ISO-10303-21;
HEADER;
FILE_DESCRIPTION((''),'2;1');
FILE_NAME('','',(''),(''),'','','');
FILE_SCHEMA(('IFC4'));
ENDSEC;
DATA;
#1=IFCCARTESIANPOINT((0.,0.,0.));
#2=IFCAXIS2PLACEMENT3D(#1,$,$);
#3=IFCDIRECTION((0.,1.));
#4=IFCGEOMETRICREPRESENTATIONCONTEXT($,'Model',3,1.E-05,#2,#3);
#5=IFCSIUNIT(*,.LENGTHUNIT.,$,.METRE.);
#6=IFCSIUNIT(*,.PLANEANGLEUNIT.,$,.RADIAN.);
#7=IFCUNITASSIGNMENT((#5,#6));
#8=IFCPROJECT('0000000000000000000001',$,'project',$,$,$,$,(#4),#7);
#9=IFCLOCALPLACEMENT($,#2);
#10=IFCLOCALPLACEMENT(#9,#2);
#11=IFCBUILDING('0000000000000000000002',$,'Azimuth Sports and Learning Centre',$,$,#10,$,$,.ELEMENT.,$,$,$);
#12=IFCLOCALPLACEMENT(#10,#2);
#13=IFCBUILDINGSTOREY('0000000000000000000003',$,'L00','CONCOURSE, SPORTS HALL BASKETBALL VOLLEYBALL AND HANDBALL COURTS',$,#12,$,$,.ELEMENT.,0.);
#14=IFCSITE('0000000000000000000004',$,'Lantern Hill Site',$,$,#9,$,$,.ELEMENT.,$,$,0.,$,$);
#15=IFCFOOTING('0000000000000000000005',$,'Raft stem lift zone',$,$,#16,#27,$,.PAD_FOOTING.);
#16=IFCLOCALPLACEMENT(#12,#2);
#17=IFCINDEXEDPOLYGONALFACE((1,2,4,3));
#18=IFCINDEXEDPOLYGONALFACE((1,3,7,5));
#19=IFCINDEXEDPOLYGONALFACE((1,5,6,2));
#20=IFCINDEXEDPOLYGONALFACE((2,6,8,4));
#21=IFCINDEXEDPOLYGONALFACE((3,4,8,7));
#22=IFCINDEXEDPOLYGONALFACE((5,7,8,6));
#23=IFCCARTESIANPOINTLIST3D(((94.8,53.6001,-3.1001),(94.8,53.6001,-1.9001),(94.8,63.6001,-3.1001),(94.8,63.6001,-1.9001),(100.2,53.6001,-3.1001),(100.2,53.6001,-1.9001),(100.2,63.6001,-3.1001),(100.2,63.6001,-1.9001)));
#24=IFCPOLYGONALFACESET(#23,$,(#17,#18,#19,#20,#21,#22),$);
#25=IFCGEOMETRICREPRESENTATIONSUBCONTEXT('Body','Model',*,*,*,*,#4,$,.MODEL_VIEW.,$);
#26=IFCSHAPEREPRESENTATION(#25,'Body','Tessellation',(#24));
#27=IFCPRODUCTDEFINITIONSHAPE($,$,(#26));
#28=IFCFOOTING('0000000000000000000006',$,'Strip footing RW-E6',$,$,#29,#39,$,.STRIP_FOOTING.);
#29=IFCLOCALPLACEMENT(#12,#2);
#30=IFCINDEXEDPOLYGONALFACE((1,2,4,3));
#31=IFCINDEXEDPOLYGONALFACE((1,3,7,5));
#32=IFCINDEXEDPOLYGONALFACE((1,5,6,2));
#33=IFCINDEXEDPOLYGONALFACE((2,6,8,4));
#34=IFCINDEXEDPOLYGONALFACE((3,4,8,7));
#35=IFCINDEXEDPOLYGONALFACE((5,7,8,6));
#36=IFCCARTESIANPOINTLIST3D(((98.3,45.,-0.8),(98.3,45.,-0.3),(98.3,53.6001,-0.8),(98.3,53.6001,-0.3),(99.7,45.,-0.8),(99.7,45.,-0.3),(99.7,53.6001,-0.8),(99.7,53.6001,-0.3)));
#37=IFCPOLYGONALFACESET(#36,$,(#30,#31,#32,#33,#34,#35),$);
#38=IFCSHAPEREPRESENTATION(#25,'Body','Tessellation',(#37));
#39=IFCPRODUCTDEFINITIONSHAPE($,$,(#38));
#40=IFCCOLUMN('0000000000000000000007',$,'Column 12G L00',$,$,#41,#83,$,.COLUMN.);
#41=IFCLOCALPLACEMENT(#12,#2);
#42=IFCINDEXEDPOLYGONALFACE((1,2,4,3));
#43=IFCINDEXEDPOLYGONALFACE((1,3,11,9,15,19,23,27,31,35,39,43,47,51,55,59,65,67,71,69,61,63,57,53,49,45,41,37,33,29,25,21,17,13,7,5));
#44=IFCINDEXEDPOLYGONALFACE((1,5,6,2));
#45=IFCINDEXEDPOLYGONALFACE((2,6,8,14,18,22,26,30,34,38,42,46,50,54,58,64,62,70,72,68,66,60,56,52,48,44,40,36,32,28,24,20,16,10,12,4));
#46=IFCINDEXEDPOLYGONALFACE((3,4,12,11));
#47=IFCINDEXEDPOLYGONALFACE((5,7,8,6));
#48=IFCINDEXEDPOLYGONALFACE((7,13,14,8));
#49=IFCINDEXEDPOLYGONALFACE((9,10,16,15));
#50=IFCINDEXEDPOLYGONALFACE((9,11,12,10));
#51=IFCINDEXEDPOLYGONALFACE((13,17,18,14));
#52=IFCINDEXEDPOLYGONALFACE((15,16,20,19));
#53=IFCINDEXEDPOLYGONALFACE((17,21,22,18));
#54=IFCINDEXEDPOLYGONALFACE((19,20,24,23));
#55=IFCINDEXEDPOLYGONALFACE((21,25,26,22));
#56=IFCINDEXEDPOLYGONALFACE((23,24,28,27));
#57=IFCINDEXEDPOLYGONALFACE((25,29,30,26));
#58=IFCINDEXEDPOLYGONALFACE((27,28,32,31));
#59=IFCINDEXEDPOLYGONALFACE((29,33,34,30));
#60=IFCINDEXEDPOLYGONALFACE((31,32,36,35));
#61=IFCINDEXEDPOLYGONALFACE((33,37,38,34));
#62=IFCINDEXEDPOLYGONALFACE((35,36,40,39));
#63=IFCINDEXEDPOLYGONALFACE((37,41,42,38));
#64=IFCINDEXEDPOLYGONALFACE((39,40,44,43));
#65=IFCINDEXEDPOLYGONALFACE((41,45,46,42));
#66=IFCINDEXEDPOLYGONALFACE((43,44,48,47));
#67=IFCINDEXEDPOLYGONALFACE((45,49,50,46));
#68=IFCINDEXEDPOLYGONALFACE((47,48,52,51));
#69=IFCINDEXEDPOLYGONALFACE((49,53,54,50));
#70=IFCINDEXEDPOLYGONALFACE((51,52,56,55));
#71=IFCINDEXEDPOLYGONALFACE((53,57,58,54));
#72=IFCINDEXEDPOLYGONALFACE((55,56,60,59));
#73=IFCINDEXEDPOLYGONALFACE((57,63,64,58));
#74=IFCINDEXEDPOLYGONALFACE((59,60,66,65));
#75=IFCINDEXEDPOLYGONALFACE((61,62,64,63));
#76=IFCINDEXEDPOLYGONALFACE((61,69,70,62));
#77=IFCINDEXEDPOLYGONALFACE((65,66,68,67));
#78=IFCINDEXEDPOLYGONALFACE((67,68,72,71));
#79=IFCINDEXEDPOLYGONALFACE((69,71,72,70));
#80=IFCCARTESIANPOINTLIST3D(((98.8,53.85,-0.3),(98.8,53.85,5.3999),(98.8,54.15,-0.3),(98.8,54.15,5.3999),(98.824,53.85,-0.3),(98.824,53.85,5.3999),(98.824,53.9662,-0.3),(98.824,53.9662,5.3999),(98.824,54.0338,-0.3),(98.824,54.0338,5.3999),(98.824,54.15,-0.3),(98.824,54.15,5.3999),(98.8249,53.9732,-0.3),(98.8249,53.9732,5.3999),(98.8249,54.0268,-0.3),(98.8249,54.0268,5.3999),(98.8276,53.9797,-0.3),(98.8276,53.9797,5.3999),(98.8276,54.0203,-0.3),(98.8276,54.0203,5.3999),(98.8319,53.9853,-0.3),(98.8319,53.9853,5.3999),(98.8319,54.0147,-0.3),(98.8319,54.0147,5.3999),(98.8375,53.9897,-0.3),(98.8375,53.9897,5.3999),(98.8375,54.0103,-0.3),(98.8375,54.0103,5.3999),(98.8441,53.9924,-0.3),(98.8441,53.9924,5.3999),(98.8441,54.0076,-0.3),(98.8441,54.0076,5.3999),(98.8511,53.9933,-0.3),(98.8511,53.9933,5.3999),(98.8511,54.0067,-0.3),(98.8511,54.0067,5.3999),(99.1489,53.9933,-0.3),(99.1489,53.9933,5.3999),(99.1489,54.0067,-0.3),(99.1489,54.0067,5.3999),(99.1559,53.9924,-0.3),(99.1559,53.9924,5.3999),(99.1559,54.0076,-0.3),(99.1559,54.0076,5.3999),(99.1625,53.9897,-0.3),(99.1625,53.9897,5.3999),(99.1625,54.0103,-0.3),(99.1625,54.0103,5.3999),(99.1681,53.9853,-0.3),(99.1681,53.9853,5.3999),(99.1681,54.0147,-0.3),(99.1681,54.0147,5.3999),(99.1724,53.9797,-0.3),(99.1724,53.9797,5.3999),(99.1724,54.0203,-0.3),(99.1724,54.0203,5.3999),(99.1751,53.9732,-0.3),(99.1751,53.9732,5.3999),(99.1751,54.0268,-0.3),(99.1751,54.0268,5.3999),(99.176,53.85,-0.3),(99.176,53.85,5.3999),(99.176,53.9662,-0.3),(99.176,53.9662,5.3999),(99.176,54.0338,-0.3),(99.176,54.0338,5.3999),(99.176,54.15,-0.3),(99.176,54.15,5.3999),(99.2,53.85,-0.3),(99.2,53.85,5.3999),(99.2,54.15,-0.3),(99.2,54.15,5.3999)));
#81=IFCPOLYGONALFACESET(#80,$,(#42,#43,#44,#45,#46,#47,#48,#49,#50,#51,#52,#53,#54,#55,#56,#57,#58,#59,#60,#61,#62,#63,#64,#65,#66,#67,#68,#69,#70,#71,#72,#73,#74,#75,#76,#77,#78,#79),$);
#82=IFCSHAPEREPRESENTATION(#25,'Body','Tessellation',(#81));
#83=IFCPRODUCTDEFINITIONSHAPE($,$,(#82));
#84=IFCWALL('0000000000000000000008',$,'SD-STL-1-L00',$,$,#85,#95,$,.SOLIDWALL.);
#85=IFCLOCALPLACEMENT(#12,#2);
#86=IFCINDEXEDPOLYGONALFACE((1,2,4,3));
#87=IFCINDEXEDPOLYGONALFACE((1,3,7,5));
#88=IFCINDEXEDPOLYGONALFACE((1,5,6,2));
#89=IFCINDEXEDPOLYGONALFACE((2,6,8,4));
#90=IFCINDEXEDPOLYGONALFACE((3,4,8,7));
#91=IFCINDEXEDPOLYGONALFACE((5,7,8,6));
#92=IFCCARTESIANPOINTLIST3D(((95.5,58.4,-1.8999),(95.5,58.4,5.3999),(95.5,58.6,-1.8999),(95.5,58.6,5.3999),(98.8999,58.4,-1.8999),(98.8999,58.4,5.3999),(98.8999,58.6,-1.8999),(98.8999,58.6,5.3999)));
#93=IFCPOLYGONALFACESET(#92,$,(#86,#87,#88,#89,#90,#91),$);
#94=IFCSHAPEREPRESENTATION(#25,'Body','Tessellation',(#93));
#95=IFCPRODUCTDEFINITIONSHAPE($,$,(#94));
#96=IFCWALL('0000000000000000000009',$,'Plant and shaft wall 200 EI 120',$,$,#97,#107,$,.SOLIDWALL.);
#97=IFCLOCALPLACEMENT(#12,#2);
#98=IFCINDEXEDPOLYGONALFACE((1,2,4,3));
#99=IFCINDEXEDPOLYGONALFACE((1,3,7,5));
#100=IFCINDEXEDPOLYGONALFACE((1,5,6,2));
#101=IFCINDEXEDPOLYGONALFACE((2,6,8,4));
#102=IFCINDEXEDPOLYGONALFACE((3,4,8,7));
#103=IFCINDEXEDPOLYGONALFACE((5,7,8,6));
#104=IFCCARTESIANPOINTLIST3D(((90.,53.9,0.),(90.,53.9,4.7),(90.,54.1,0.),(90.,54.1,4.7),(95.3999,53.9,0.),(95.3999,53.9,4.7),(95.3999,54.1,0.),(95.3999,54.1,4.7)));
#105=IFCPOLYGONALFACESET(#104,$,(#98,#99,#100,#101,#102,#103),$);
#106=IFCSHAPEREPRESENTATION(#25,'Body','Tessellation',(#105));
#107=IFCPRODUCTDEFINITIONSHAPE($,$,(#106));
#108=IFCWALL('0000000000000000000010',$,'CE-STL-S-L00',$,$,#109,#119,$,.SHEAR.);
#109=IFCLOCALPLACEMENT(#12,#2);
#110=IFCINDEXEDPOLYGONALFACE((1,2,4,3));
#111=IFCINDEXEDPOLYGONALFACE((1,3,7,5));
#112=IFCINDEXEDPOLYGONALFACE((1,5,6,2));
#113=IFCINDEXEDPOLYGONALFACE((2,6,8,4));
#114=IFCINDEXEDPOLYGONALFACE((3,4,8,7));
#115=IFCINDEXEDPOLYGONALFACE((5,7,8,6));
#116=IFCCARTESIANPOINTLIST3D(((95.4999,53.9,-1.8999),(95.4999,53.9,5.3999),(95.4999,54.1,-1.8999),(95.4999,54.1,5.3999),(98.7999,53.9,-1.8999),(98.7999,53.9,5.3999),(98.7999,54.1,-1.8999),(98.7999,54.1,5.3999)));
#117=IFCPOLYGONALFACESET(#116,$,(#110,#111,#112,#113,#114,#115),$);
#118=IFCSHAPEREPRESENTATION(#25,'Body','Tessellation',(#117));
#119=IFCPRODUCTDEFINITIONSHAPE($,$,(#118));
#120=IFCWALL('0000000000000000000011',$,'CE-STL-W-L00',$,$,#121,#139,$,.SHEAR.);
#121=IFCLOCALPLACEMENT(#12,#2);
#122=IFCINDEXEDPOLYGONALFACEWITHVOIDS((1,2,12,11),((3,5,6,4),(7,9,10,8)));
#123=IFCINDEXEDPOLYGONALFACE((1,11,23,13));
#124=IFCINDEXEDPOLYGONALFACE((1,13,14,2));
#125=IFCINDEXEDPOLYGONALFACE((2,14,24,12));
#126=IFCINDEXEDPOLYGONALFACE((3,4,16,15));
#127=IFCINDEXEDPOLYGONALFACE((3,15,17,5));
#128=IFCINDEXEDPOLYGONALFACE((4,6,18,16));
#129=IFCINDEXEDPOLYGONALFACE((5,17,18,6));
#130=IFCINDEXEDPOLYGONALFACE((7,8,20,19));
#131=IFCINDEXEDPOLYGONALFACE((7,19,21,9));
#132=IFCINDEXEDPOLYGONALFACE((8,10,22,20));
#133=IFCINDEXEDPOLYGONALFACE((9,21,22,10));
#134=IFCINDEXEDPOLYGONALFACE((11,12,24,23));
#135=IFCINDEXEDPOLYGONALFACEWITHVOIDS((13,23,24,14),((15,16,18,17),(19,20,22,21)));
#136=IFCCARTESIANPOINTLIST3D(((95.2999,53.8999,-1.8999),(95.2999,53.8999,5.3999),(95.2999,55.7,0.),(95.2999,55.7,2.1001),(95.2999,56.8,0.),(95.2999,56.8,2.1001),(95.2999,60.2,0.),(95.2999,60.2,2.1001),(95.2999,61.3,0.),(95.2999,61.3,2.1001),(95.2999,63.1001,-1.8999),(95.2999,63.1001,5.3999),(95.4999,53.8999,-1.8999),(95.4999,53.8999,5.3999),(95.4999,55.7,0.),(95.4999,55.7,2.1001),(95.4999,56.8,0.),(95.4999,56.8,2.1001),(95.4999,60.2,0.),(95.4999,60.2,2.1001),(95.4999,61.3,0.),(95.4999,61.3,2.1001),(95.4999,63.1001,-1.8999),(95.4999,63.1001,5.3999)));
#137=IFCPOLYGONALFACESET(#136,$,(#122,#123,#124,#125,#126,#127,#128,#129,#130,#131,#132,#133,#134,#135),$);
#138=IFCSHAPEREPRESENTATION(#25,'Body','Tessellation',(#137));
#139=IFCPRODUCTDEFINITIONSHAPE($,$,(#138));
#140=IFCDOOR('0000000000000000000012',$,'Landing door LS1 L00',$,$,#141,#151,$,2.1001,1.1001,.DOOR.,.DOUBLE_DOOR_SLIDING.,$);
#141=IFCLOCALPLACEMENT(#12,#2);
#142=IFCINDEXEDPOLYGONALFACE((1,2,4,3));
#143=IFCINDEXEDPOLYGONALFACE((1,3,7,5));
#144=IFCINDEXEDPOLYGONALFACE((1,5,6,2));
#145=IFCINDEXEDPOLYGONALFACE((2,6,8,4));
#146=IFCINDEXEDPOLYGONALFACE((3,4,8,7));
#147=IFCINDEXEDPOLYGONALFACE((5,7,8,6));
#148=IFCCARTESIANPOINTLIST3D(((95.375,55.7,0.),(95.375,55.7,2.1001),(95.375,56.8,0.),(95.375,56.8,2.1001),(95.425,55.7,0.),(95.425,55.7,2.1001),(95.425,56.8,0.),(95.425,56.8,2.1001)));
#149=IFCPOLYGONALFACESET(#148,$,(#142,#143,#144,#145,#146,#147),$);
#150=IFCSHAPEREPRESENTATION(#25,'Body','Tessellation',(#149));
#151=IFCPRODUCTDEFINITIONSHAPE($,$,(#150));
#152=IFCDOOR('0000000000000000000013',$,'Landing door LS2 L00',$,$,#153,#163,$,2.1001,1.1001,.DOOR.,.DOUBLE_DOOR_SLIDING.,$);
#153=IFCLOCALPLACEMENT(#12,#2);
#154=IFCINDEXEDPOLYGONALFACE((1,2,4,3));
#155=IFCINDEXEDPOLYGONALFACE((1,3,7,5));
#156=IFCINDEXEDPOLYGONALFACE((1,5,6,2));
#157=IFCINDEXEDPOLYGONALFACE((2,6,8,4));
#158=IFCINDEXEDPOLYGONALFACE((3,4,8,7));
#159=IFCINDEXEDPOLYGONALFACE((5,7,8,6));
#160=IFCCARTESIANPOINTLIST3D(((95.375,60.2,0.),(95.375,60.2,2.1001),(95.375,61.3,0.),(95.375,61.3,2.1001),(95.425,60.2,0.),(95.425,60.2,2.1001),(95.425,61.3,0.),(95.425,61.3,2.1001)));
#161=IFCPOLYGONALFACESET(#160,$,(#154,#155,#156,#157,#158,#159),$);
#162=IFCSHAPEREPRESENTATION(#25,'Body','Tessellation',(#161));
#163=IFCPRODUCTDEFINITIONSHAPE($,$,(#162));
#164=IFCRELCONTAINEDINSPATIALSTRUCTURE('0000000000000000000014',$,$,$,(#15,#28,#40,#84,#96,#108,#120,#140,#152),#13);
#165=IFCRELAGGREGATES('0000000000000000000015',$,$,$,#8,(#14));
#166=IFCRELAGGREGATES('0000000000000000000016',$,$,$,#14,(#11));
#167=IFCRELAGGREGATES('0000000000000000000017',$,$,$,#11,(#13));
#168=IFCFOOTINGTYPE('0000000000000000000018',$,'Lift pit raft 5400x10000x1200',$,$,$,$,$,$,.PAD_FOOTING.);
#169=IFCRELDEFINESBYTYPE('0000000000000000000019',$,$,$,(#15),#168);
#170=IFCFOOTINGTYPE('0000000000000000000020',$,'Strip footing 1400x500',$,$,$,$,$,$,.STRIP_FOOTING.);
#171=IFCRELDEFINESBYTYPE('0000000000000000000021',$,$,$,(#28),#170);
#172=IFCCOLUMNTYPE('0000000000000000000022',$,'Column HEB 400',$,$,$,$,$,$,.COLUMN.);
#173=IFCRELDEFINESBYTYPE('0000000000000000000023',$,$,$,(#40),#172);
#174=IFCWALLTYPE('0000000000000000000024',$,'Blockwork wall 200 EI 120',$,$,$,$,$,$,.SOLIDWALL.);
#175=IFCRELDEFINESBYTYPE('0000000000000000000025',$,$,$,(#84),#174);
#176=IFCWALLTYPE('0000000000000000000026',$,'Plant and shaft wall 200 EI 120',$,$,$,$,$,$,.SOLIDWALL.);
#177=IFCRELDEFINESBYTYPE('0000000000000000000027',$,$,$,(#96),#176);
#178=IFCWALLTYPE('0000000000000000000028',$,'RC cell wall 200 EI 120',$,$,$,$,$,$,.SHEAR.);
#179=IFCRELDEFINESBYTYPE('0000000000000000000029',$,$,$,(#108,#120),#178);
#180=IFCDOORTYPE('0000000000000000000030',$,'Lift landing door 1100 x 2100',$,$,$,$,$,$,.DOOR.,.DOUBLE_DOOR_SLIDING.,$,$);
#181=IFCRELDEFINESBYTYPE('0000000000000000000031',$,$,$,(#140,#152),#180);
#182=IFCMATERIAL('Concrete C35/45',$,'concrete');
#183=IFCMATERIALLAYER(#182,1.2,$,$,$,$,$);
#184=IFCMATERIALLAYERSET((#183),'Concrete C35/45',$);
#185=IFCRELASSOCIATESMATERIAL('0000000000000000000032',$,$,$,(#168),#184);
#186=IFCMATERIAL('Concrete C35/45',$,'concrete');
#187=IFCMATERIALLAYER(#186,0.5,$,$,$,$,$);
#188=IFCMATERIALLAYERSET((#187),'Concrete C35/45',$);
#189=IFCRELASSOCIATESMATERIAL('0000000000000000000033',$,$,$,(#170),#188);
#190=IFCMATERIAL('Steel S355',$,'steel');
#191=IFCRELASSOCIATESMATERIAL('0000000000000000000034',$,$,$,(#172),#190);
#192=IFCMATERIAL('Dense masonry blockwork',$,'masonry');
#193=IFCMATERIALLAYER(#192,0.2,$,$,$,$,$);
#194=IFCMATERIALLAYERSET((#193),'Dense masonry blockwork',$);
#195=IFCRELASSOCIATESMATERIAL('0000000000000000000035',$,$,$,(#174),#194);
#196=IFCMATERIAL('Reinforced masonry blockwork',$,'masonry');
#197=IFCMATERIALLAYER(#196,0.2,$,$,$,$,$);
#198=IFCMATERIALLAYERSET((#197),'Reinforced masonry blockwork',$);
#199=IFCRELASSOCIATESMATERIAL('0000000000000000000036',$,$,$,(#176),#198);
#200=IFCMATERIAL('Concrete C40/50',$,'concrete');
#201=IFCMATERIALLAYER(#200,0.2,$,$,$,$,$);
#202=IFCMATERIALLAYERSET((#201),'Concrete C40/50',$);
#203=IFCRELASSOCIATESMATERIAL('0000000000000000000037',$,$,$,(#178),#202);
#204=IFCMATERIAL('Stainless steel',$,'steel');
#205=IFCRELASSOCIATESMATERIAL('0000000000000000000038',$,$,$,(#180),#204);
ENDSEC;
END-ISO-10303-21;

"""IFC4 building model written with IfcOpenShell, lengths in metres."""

from ifc_helpers import new_model, si_unit, direction, frame, frame_2d, origin, origin_2d, place, context, subcontext, project, spatial, rectangle, i_section, extrude, material, layer, layer_set, material_profile, profile_set, type_object, element, fill, save


model = new_model("IFC4")

# Units and contexts
model_context = context("Model", 3, precision=1e-05, world=origin(), true_north=direction((0.0, 1.0)))
body_context = subcontext(model_context, "Body", "Model", "MODEL_VIEW")
ifc_project = project(units=[si_unit("LENGTHUNIT", "METRE"), si_unit("PLANEANGLEUNIT", "RADIAN")], contexts=[model_context])

# Site, building, storey
site_placement = place(None, origin())
site = spatial("IfcSite", under=ifc_project, at=site_placement, Name="Lantern Hill Site", CompositionType="ELEMENT", RefElevation=0.0)
building_placement = place(site_placement, origin())
building = spatial("IfcBuilding", under=site, at=building_placement, Name="Azimuth Sports and Learning Centre", CompositionType="ELEMENT")
storey_placement = place(building_placement, origin())
storey = spatial("IfcBuildingStorey", under=building, at=storey_placement, Name="L00", Description="CONCOURSE, SPORTS HALL BASKETBALL VOLLEYBALL AND HANDBALL COURTS", CompositionType="ELEMENT", Elevation=0.0)

# Footings
ifc_material_1 = material(Name="Concrete C35/45", Category="concrete")
ifc_layer_1 = layer(ifc_material_1, 1.2)
ifc_layer_set_1 = layer_set([ifc_layer_1], Name="Concrete C35/45")
footing_type_1 = type_object("IfcFootingType", Name="Lift pit raft 5400x10000x1200", PredefinedType="PAD_FOOTING", material=ifc_layer_set_1)
footing_1_placement = place(storey_placement, frame((97.5, 58.6001, -3.1001), z_axis=(0.0, 0.0, 1.0), x_axis=(1.0, 0.0, 0.0)))
element("IfcFooting", 1, at=footing_1_placement, inside=storey, type_object=footing_type_1, Name="Raft stem lift zone", PredefinedType="PAD_FOOTING", context=body_context, shape_type="SweptSolid", body=[
    extrude(rectangle(XDim=5.3999, YDim=10.0, at=origin_2d()), origin(), (0.0, 0.0, 1.0), 1.2),
])
ifc_material_2 = material(Name="Concrete C35/45", Category="concrete")
ifc_layer_2 = layer(ifc_material_2, 0.5)
ifc_layer_set_2 = layer_set([ifc_layer_2], Name="Concrete C35/45")
footing_type_2 = type_object("IfcFootingType", Name="Strip footing 1400x500", PredefinedType="STRIP_FOOTING", material=ifc_layer_set_2)
footing_2_placement = place(storey_placement, frame((99.0, 49.3, -0.8), z_axis=(0.0, 0.0, 1.0), x_axis=(1.0, 0.0, 0.0)))
element("IfcFooting", 2, at=footing_2_placement, inside=storey, type_object=footing_type_2, Name="Strip footing RW-E6", PredefinedType="STRIP_FOOTING", context=body_context, shape_type="SweptSolid", body=[
    extrude(rectangle(XDim=1.3999, YDim=8.6001, at=origin_2d()), origin(), (0.0, 0.0, 1.0), 0.5),
])

# Column
ifc_material_3 = material(Name="Steel S355", Category="steel")
ifc_material_profile_1 = material_profile(ifc_material_3, i_section(OverallWidth=0.3, OverallDepth=0.3999, WebThickness=0.0134, FlangeThickness=0.0239, FilletRadius=0.0271, at=origin_2d()), Name="HEB 400")
ifc_profile_set_1 = profile_set([ifc_material_profile_1], Name="Steel S355")
column_type = type_object("IfcColumnType", Name="Column HEB 400", PredefinedType="COLUMN", material=ifc_profile_set_1)
column_placement = place(storey_placement, frame((99.0, 54.0, -0.3), z_axis=(0.0, 0.0, 1.0), x_axis=(0.0, 1.0, 0.0)))
element("IfcColumn", 3, at=column_placement, inside=storey, type_object=column_type, Name="Column 12G L00", PredefinedType="COLUMN", context=body_context, shape_type="SweptSolid", body=[
    extrude(i_section(OverallWidth=0.3, OverallDepth=0.3999, WebThickness=0.0134, FlangeThickness=0.0239, FilletRadius=0.0271, at=origin_2d()), origin(), (0.0, 0.0, 1.0), 5.7),
])

# Walls
ifc_material_4 = material(Name="Dense masonry blockwork", Category="masonry")
ifc_layer_3 = layer(ifc_material_4, 0.2)
ifc_layer_set_3 = layer_set([ifc_layer_3], Name="Dense masonry blockwork")
wall_type_1 = type_object("IfcWallType", Name="Blockwork wall 200 EI 120", PredefinedType="SOLIDWALL", material=ifc_layer_set_3)
wall_1_placement = place(storey_placement, frame((95.5, 58.5, -1.8999), z_axis=(0.0, 0.0, 1.0), x_axis=(1.0, 0.0, 0.0)))
element("IfcWall", 4, at=wall_1_placement, inside=storey, type_object=wall_type_1, Name="SD-STL-1-L00", PredefinedType="SOLIDWALL", context=body_context, shape_type="SweptSolid", body=[
    extrude(rectangle(XDim=3.3999, YDim=0.2, at=frame_2d((1.7, 0.0))), origin(), (0.0, 0.0, 1.0), 7.2998),
])
ifc_material_5 = material(Name="Reinforced masonry blockwork", Category="masonry")
ifc_layer_4 = layer(ifc_material_5, 0.2)
ifc_layer_set_4 = layer_set([ifc_layer_4], Name="Reinforced masonry blockwork")
wall_type_2 = type_object("IfcWallType", Name="Plant and shaft wall 200 EI 120", PredefinedType="SOLIDWALL", material=ifc_layer_set_4)
wall_2_placement = place(storey_placement, frame((90.0, 54.0, 0.0), z_axis=(0.0, 0.0, 1.0), x_axis=(1.0, 0.0, 0.0)))
element("IfcWall", 5, at=wall_2_placement, inside=storey, type_object=wall_type_2, Name="Plant and shaft wall 200 EI 120", PredefinedType="SOLIDWALL", context=body_context, shape_type="SweptSolid", body=[
    extrude(rectangle(XDim=5.3999, YDim=0.2, at=frame_2d((2.7, 0.0))), origin(), (0.0, 0.0, 1.0), 4.7),
])
ifc_material_6 = material(Name="Concrete C40/50", Category="concrete")
ifc_layer_5 = layer(ifc_material_6, 0.2)
ifc_layer_set_5 = layer_set([ifc_layer_5], Name="Concrete C40/50")
wall_type_3 = type_object("IfcWallType", Name="RC cell wall 200 EI 120", PredefinedType="SHEAR", material=ifc_layer_set_5)
wall_3_placement = place(storey_placement, frame((95.5, 54.0, -1.8999), z_axis=(0.0, 0.0, 1.0), x_axis=(1.0, 0.0, 0.0)))
element("IfcWall", 6, at=wall_3_placement, inside=storey, type_object=wall_type_3, Name="CE-STL-S-L00", PredefinedType="SHEAR", context=body_context, shape_type="SweptSolid", body=[
    extrude(rectangle(XDim=3.3, YDim=0.2, at=frame_2d((1.6499, 0.0))), origin(), (0.0, 0.0, 1.0), 7.2998),
])

# Wall, openings, doors
wall_4_placement = place(storey_placement, frame((95.3999, 53.8999, -1.8999), z_axis=(0.0, 0.0, 1.0), x_axis=(0.0, 1.0, 0.0)))
wall_4 = element("IfcWall", 7, at=wall_4_placement, inside=storey, type_object=wall_type_3, Name="CE-STL-W-L00", PredefinedType="SHEAR", context=body_context, shape_type="SweptSolid", body=[
    extrude(rectangle(XDim=9.2002, YDim=0.2, at=frame_2d((4.6001, 0.0))), origin(), (0.0, 0.0, 1.0), 7.2998),
])
opening_1_placement = place(wall_4_placement, frame((1.8, 0.0, 1.8999)))
opening_1 = element("IfcOpeningElement", 8, at=opening_1_placement, cuts=wall_4, PredefinedType="OPENING", context=body_context, shape_type="SweptSolid", body=[
    extrude(rectangle(XDim=1.1001, YDim=2.1001, at=frame_2d((0.55, 1.05))), frame((0.0, 0.1108, 0.0), z_axis=(0.0, -1.0, 0.0), x_axis=(1.0, 0.0, 0.0)), (0.0, 0.0, 1.0), 0.2219),
])
opening_2_placement = place(wall_4_placement, frame((6.3, 0.0, 1.8999)))
opening_2 = element("IfcOpeningElement", 9, at=opening_2_placement, cuts=wall_4, PredefinedType="OPENING", context=body_context, shape_type="SweptSolid", body=[
    extrude(rectangle(XDim=1.1001, YDim=2.1001, at=frame_2d((0.55, 1.05))), frame((0.0, 0.1108, 0.0), z_axis=(0.0, -1.0, 0.0), x_axis=(1.0, 0.0, 0.0)), (0.0, 0.0, 1.0), 0.2219),
])
ifc_material_7 = material(Name="Stainless steel", Category="steel")
door_type = type_object("IfcDoorType", Name="Lift landing door 1100 x 2100", OperationType="DOUBLE_DOOR_SLIDING", PredefinedType="DOOR", material=ifc_material_7)
door_1_placement = place(opening_1_placement, origin())
door_1 = element("IfcDoor", 10, at=door_1_placement, inside=storey, type_object=door_type, Name="Landing door LS1 L00", OperationType="DOUBLE_DOOR_SLIDING", OverallHeight=2.1001, OverallWidth=1.1001, PredefinedType="DOOR", context=body_context, shape_type="SweptSolid", body=[
    extrude(rectangle(XDim=1.1001, YDim=2.1001, at=frame_2d((0.55, 1.05))), frame((0.0, 0.0249, 0.0), z_axis=(0.0, -1.0, 0.0), x_axis=(1.0, 0.0, 0.0)), (0.0, 0.0, 1.0), 0.05),
])
fill(opening_1, door_1)
door_2_placement = place(opening_2_placement, origin())
door_2 = element("IfcDoor", 11, at=door_2_placement, inside=storey, type_object=door_type, Name="Landing door LS2 L00", OperationType="DOUBLE_DOOR_SLIDING", OverallHeight=2.1001, OverallWidth=1.1001, PredefinedType="DOOR", context=body_context, shape_type="SweptSolid", body=[
    extrude(rectangle(XDim=1.1001, YDim=2.1001, at=frame_2d((0.55, 1.05))), frame((0.0, 0.0249, 0.0), z_axis=(0.0, -1.0, 0.0), x_axis=(1.0, 0.0, 0.0)), (0.0, 0.0, 1.0), 0.05),
])
fill(opening_2, door_2)

save(model, "model.ifc")
